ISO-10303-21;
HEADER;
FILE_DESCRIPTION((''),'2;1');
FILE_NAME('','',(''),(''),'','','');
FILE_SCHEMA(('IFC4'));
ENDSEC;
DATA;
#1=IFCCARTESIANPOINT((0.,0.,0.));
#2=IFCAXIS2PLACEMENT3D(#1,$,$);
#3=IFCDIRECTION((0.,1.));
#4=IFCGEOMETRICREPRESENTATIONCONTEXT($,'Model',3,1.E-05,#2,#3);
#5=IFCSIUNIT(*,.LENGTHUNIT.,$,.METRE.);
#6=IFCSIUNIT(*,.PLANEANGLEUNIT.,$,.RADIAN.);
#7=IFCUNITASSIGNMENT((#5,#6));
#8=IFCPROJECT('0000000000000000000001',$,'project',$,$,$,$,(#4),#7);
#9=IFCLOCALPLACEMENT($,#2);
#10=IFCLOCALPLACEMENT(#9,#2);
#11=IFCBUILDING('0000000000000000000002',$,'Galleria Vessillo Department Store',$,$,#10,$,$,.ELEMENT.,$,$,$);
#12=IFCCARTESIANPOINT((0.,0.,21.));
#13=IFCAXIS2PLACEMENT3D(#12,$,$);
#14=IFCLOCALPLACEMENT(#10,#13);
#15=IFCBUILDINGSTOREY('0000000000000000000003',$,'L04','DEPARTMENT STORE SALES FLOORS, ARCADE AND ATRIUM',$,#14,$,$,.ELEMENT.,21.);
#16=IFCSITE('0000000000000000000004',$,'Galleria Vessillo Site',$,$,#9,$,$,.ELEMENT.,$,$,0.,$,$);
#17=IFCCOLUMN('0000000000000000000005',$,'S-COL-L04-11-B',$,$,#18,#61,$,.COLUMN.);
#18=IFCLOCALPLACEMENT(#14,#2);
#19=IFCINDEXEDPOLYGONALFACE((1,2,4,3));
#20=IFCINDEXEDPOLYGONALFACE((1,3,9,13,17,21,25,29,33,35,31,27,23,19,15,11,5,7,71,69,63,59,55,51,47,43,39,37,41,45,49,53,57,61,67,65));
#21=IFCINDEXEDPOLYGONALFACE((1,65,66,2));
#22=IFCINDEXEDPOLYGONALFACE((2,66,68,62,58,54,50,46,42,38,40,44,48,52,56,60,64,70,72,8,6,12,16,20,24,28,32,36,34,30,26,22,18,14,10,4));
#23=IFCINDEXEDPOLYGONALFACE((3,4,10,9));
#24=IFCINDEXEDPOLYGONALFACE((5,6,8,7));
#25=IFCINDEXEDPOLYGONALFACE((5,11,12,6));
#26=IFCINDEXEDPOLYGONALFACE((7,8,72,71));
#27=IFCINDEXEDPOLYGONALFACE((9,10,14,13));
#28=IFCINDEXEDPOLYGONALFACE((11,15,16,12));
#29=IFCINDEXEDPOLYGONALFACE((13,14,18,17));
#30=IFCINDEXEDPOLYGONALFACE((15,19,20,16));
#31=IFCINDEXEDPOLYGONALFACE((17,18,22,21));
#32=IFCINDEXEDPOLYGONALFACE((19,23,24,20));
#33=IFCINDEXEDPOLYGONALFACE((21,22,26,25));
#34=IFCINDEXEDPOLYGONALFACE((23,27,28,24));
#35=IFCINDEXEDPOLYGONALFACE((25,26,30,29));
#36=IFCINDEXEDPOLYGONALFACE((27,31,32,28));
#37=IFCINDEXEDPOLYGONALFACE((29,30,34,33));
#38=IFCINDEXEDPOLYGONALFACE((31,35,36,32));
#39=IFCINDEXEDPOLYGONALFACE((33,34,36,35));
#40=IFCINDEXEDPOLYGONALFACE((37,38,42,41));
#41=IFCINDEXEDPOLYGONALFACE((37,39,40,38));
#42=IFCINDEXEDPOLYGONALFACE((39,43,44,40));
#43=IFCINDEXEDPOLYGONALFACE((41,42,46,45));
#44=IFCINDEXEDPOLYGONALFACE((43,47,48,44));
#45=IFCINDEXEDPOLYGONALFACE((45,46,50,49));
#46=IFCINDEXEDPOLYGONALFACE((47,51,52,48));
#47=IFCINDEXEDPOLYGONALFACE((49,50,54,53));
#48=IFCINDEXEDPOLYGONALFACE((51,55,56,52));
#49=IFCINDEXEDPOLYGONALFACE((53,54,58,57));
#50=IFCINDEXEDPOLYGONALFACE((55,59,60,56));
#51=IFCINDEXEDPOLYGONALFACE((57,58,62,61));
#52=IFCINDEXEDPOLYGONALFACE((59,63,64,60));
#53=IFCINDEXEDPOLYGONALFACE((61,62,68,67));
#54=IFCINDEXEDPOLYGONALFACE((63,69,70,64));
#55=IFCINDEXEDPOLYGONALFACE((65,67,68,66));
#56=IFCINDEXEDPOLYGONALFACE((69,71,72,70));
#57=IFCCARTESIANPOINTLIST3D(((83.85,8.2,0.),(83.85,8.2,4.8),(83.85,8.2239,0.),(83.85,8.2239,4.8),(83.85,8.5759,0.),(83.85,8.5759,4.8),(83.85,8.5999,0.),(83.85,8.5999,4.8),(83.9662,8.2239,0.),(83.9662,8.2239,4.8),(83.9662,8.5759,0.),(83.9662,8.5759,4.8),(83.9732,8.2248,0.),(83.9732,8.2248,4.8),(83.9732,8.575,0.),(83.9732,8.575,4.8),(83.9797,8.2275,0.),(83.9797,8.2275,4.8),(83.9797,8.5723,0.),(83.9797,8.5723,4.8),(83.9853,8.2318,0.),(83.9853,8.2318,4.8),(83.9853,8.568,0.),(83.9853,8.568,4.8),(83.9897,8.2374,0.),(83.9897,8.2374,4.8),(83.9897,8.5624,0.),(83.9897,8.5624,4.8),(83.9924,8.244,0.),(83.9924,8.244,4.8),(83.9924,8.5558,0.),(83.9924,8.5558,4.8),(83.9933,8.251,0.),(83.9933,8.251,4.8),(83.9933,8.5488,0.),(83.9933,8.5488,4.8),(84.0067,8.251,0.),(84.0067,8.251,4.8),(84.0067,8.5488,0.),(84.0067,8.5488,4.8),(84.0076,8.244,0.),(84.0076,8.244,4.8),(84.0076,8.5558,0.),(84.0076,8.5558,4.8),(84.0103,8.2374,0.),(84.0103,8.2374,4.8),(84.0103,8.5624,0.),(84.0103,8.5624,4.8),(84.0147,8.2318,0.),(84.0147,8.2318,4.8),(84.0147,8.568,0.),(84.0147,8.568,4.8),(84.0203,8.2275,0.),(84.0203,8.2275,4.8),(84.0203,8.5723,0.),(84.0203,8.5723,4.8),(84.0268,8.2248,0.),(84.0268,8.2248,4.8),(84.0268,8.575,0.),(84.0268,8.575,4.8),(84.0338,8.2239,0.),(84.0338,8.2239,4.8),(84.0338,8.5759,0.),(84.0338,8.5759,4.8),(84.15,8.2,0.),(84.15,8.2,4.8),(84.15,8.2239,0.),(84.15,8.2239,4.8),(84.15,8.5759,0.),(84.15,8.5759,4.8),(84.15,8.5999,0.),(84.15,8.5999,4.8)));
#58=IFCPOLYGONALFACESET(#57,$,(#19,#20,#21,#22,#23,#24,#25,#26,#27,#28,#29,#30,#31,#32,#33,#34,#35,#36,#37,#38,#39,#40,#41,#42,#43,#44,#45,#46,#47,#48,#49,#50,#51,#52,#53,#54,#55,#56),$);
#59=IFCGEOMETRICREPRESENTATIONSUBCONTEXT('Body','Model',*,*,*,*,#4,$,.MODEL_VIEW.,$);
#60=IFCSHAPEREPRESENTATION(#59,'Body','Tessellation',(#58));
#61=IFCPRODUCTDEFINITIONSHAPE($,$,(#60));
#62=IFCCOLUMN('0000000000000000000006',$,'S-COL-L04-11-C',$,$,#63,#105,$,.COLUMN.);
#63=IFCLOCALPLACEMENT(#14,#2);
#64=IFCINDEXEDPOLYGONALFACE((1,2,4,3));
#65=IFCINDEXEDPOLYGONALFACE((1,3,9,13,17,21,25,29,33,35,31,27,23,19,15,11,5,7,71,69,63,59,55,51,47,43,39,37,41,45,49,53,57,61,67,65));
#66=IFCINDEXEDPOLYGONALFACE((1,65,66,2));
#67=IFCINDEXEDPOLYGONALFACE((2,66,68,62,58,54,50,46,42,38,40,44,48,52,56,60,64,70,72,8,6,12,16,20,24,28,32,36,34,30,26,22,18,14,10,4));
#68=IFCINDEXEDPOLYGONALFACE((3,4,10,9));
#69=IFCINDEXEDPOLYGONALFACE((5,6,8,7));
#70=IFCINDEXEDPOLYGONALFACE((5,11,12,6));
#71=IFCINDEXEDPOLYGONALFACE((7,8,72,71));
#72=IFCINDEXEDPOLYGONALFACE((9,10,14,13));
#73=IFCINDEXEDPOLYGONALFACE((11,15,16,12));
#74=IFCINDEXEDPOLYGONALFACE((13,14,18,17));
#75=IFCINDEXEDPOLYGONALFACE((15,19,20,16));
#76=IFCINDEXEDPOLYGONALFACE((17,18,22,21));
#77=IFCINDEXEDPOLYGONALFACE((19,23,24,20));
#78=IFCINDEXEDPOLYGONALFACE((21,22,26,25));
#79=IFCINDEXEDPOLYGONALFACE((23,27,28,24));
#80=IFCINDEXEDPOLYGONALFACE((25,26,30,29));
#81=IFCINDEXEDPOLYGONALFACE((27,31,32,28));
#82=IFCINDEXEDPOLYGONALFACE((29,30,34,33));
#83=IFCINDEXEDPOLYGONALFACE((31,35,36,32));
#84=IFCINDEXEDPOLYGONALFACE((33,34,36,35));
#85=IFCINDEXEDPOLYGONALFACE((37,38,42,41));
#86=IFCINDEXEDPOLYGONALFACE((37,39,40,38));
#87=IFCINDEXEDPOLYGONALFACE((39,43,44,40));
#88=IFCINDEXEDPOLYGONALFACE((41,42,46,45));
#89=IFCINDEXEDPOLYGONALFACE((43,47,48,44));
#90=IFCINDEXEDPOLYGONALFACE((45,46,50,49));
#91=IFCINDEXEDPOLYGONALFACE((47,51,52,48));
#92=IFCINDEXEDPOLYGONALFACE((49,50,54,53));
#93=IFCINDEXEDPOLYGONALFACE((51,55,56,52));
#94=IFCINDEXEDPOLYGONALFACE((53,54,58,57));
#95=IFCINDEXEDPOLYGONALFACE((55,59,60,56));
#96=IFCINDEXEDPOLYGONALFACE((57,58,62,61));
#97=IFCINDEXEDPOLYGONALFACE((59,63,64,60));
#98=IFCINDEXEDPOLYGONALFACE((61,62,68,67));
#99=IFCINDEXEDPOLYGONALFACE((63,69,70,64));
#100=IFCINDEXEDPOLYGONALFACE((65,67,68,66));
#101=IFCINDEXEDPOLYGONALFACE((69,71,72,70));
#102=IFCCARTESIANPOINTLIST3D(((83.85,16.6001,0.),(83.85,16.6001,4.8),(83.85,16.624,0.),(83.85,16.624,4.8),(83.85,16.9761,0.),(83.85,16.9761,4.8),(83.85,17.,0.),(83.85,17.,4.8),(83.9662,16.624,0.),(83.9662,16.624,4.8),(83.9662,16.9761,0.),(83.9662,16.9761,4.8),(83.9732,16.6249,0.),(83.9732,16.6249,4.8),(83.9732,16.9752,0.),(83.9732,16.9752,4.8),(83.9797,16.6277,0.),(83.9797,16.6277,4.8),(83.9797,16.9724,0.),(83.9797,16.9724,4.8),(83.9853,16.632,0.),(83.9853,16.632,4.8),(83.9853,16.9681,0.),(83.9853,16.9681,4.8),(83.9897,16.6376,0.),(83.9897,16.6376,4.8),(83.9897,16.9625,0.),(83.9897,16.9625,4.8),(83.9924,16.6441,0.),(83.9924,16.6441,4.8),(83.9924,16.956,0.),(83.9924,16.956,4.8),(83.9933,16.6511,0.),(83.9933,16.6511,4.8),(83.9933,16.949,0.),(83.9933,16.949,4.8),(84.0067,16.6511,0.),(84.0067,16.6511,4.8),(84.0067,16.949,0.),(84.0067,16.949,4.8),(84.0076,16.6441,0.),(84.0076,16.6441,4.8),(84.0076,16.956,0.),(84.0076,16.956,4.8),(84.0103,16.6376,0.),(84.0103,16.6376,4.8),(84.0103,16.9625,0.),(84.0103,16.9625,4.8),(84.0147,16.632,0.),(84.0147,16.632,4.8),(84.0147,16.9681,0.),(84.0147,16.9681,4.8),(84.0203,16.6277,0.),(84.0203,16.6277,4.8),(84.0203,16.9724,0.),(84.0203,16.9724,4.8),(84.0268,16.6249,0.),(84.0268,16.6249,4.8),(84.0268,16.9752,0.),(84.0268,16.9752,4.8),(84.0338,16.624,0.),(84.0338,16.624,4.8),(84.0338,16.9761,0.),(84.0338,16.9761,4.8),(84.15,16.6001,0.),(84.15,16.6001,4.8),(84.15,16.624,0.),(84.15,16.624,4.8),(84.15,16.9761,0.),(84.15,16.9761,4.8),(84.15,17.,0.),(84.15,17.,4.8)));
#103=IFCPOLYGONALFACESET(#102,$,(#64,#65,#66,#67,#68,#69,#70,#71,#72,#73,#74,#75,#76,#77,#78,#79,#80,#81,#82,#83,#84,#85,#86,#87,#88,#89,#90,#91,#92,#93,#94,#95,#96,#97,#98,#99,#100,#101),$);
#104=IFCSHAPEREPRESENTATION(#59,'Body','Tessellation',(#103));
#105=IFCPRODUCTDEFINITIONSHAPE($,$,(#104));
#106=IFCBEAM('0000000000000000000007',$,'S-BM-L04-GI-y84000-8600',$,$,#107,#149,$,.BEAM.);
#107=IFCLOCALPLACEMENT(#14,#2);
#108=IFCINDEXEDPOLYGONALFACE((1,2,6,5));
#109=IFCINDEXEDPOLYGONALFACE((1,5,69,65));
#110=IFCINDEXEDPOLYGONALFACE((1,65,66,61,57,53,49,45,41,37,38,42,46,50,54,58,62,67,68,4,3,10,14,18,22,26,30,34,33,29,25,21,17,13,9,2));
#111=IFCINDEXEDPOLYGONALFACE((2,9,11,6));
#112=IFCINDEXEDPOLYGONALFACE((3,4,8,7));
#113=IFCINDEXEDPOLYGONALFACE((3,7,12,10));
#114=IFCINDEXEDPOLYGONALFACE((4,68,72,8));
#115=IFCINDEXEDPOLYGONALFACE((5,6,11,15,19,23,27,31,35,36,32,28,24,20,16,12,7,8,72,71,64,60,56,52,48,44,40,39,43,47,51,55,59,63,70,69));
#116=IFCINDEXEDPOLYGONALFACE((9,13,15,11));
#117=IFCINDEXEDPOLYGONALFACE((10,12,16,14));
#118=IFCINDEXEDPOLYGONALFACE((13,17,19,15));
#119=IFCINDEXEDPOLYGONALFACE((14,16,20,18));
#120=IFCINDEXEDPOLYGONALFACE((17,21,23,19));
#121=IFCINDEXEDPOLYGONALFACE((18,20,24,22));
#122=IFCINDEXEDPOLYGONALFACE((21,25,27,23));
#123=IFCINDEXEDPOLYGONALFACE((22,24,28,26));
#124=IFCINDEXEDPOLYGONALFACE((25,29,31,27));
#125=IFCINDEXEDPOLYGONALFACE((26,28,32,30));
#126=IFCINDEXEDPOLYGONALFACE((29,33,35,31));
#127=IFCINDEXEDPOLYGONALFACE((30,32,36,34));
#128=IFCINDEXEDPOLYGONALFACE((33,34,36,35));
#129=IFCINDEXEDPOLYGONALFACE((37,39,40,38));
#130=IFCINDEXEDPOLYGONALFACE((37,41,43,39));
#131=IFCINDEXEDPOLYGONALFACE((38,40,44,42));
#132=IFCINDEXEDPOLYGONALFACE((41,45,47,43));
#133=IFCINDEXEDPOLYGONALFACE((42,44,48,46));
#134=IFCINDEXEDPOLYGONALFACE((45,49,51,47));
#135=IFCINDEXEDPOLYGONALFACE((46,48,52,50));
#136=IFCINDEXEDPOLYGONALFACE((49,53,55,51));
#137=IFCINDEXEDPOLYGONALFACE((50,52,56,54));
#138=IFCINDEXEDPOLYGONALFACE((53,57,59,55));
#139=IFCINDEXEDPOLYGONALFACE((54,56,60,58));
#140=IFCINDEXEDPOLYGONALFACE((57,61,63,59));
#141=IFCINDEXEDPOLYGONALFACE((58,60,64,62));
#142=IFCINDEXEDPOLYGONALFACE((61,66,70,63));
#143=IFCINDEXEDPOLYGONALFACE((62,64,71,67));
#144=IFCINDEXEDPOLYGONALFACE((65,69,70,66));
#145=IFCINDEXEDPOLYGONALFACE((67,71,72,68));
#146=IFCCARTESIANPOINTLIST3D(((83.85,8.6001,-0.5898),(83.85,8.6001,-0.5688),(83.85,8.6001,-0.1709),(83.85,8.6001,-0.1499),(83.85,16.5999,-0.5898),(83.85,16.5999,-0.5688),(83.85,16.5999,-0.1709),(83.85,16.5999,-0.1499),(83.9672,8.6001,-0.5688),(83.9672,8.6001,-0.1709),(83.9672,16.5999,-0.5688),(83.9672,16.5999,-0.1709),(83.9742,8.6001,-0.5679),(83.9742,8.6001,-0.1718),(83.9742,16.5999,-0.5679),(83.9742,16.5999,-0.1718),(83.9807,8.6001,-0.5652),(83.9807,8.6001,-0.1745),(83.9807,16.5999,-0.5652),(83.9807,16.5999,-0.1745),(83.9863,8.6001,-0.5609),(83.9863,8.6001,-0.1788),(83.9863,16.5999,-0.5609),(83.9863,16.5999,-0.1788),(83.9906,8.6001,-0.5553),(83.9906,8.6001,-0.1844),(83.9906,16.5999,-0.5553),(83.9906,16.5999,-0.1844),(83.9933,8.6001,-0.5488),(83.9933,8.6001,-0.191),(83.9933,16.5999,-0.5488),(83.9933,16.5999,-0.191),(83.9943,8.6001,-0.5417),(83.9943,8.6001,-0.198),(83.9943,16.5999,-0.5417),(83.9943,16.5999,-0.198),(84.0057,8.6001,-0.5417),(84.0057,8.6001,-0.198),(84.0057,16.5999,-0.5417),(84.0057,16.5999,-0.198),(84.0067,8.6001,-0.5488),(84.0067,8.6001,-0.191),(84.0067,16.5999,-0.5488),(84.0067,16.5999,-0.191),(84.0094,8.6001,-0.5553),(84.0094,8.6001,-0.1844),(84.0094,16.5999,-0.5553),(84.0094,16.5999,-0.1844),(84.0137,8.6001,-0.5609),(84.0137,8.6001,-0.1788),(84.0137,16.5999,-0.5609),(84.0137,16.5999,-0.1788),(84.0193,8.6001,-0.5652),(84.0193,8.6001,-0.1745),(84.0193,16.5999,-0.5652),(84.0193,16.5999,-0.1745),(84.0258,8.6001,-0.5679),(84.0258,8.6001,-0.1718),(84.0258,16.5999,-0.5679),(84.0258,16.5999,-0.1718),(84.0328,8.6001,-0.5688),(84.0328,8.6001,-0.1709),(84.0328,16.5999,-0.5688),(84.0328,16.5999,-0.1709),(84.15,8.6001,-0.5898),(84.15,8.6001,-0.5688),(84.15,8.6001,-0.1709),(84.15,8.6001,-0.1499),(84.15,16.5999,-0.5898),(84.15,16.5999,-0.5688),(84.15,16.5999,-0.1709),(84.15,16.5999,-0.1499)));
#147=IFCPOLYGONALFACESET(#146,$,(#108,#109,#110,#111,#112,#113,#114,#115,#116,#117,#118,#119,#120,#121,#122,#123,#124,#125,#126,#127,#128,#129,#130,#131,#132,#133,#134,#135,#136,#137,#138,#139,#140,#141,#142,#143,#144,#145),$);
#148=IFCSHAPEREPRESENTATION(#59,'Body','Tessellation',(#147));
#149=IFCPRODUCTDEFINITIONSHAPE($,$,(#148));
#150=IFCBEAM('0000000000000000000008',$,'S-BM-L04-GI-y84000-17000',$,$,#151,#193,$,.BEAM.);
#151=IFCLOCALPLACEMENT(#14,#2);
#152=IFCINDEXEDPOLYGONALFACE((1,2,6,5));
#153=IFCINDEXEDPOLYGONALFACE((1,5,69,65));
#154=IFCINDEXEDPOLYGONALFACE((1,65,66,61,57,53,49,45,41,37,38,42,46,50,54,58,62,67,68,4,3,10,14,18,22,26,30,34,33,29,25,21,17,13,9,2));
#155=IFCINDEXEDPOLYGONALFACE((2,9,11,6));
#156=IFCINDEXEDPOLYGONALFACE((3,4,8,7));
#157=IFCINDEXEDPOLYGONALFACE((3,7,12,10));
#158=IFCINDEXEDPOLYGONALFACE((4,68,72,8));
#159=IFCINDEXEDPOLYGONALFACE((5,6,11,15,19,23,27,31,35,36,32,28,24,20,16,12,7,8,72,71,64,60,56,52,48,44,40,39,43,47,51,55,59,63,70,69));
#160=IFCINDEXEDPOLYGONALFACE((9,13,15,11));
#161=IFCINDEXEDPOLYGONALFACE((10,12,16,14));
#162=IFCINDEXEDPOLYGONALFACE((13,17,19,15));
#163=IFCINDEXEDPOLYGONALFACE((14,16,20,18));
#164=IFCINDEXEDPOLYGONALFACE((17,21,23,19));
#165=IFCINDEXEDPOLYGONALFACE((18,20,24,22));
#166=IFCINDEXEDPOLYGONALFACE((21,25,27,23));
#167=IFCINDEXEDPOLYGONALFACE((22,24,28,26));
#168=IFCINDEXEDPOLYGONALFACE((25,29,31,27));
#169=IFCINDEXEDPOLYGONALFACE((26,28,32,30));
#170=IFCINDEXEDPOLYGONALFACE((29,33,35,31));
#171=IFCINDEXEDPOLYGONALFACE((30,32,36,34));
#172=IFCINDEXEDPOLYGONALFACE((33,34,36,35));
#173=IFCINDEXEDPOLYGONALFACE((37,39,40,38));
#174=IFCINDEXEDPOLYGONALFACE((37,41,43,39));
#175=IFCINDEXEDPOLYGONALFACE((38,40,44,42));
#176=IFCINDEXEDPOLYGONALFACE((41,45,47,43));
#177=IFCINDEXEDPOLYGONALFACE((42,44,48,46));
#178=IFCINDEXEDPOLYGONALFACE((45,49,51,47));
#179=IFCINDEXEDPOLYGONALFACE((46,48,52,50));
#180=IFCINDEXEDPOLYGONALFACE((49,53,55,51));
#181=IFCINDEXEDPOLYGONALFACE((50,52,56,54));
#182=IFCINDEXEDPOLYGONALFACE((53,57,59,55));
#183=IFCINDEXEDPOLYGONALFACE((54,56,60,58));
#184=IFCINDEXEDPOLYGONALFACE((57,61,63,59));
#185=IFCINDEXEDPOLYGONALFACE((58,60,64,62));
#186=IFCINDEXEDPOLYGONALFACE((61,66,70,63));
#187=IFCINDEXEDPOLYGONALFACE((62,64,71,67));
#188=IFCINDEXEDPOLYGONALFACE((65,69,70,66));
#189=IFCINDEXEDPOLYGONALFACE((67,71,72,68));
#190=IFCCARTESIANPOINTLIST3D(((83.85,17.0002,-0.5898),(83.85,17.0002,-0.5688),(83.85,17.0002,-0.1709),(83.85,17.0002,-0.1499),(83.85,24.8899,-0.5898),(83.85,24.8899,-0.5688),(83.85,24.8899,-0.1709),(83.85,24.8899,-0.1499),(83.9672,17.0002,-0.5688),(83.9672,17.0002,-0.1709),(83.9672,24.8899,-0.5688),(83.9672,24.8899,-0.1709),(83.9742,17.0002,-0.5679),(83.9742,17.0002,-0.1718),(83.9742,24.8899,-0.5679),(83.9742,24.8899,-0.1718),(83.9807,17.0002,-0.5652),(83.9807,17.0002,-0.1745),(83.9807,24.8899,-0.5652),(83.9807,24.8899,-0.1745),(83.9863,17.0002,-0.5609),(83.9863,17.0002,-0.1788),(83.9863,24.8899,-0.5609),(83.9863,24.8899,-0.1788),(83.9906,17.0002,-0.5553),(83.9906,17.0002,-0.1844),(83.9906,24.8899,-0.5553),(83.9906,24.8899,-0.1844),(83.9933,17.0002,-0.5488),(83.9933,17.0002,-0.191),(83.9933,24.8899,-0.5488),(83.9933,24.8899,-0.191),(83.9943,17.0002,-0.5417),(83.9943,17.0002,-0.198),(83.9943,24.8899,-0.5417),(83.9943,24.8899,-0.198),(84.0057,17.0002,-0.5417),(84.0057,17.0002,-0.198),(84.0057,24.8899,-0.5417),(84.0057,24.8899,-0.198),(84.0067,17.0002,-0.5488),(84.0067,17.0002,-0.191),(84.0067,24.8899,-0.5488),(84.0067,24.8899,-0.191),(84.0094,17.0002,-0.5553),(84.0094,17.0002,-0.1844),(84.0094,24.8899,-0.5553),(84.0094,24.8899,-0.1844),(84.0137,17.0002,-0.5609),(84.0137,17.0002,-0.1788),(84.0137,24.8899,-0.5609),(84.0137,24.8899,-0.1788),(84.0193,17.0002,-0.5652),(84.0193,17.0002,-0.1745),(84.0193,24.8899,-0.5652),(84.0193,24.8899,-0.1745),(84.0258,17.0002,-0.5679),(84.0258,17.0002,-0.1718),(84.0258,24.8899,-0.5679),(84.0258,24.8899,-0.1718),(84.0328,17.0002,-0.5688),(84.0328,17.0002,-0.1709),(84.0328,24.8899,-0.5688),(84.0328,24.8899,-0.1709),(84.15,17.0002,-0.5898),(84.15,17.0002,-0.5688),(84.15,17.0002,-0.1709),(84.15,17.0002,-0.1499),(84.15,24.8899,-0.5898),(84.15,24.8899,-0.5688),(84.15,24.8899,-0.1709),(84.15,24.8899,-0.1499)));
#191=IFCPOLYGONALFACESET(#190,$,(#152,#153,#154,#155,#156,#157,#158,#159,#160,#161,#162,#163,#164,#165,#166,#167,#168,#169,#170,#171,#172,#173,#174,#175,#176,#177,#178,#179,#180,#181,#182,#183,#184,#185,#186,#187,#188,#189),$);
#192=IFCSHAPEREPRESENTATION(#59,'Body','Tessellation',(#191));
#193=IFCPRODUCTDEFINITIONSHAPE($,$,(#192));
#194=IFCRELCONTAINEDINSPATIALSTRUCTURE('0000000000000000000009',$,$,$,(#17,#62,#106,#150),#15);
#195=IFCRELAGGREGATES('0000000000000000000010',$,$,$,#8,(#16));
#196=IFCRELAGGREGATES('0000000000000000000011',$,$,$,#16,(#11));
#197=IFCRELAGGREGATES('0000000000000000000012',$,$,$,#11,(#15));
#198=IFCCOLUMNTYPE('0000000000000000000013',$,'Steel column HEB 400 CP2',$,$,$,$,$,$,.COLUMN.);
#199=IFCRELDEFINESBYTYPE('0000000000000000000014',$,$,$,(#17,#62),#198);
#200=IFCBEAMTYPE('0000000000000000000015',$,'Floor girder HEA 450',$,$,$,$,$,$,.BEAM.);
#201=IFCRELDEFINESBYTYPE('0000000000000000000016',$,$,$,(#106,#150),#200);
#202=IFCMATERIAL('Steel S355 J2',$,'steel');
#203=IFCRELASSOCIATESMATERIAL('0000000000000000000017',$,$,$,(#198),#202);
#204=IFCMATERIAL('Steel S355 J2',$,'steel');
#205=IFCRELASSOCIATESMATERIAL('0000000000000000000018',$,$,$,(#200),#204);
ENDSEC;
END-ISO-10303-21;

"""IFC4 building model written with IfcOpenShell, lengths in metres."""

from ifc_helpers import new_model, si_unit, direction, frame, origin, origin_2d, place, context, subcontext, project, spatial, i_section, extrude, material, material_profile, profile_set, type_object, element, save


model = new_model("IFC4")

# Units and contexts
model_context = context("Model", 3, precision=1e-05, world=origin(), true_north=direction((0.0, 1.0)))
body_context = subcontext(model_context, "Body", "Model", "MODEL_VIEW")
ifc_project = project(units=[si_unit("LENGTHUNIT", "METRE"), si_unit("PLANEANGLEUNIT", "RADIAN")], contexts=[model_context])

# Site, building, storey
site_placement = place(None, origin())
site = spatial("IfcSite", under=ifc_project, at=site_placement, Name="Galleria Vessillo Site", CompositionType="ELEMENT", RefElevation=0.0)
building_placement = place(site_placement, origin())
building = spatial("IfcBuilding", under=site, at=building_placement, Name="Galleria Vessillo Department Store", CompositionType="ELEMENT")
storey_placement = place(building_placement, frame((0.0, 0.0, 21.0)))
storey = spatial("IfcBuildingStorey", under=building, at=storey_placement, Name="L04", Description="DEPARTMENT STORE SALES FLOORS, ARCADE AND ATRIUM", CompositionType="ELEMENT", Elevation=21.0)

# Columns
ifc_material_1 = material(Name="Steel S355 J2", Category="steel")
ifc_material_profile_1 = material_profile(ifc_material_1, i_section(OverallWidth=0.3, OverallDepth=0.3999, WebThickness=0.0134, FlangeThickness=0.0239, FilletRadius=0.0271, at=origin_2d()), Name="HEB 400")
ifc_profile_set_1 = profile_set([ifc_material_profile_1], Name="Steel S355 J2")
column_type = type_object("IfcColumnType", Name="Steel column HEB 400 CP2", PredefinedType="COLUMN", material=ifc_profile_set_1)
for number, where, z_axis, x_axis, name in (
    (1, (84.0, 8.3999, 0.0), (0.0, 0.0, 1.0), (1.0, 0.0, 0.0), "S-COL-L04-11-B"),
    (2, (84.0, 16.8, 0.0), (0.0, 0.0, 1.0), (1.0, 0.0, 0.0), "S-COL-L04-11-C"),
):
    element("IfcColumn", number, at=place(storey_placement, frame(where, z_axis=z_axis, x_axis=x_axis)), inside=storey, type_object=column_type, Name=name, PredefinedType="COLUMN", context=body_context, shape_type="SweptSolid", body=[
        extrude(i_section(OverallWidth=0.3, OverallDepth=0.3999, WebThickness=0.0134, FlangeThickness=0.0239, FilletRadius=0.0271, at=origin_2d()), origin(), (0.0, 0.0, 1.0), 4.8),
    ])

# Beams
ifc_material_2 = material(Name="Steel S355 J2", Category="steel")
ifc_material_profile_2 = material_profile(ifc_material_2, i_section(OverallWidth=0.3, OverallDepth=0.4399, WebThickness=0.0115, FlangeThickness=0.021, FilletRadius=0.0271, at=origin_2d()), Name="HEA 450")
ifc_profile_set_2 = profile_set([ifc_material_profile_2], Name="Steel S355 J2")
beam_type_1 = type_object("IfcBeamType", Name="Floor girder HEA 450", PredefinedType="BEAM", material=ifc_profile_set_2)
beam_1_placement = place(storey_placement, frame((84.0, 8.6001, -0.3699), z_axis=(0.0, 1.0, 0.0), x_axis=(-1.0, 0.0, 0.0)))
element("IfcBeam", 3, at=beam_1_placement, inside=storey, type_object=beam_type_1, Name="S-BM-L04-GI-y84000-8600", PredefinedType="BEAM", context=body_context, shape_type="SweptSolid", body=[
    extrude(i_section(OverallWidth=0.3, OverallDepth=0.4399, WebThickness=0.0115, FlangeThickness=0.021, FilletRadius=0.0271, at=origin_2d()), origin(), (0.0, 0.0, 1.0), 7.9998),
])
beam_2_placement = place(storey_placement, frame((84.0, 17.0002, -0.3699), z_axis=(0.0, 1.0, 0.0), x_axis=(-1.0, 0.0, 0.0)))
element("IfcBeam", 4, at=beam_2_placement, inside=storey, type_object=beam_type_1, Name="S-BM-L04-GI-y84000-17000", PredefinedType="BEAM", context=body_context, shape_type="SweptSolid", body=[
    extrude(i_section(OverallWidth=0.3, OverallDepth=0.4399, WebThickness=0.0115, FlangeThickness=0.021, FilletRadius=0.0271, at=origin_2d()), origin(), (0.0, 0.0, 1.0), 7.8896),
])

save(model, "model.ifc")
